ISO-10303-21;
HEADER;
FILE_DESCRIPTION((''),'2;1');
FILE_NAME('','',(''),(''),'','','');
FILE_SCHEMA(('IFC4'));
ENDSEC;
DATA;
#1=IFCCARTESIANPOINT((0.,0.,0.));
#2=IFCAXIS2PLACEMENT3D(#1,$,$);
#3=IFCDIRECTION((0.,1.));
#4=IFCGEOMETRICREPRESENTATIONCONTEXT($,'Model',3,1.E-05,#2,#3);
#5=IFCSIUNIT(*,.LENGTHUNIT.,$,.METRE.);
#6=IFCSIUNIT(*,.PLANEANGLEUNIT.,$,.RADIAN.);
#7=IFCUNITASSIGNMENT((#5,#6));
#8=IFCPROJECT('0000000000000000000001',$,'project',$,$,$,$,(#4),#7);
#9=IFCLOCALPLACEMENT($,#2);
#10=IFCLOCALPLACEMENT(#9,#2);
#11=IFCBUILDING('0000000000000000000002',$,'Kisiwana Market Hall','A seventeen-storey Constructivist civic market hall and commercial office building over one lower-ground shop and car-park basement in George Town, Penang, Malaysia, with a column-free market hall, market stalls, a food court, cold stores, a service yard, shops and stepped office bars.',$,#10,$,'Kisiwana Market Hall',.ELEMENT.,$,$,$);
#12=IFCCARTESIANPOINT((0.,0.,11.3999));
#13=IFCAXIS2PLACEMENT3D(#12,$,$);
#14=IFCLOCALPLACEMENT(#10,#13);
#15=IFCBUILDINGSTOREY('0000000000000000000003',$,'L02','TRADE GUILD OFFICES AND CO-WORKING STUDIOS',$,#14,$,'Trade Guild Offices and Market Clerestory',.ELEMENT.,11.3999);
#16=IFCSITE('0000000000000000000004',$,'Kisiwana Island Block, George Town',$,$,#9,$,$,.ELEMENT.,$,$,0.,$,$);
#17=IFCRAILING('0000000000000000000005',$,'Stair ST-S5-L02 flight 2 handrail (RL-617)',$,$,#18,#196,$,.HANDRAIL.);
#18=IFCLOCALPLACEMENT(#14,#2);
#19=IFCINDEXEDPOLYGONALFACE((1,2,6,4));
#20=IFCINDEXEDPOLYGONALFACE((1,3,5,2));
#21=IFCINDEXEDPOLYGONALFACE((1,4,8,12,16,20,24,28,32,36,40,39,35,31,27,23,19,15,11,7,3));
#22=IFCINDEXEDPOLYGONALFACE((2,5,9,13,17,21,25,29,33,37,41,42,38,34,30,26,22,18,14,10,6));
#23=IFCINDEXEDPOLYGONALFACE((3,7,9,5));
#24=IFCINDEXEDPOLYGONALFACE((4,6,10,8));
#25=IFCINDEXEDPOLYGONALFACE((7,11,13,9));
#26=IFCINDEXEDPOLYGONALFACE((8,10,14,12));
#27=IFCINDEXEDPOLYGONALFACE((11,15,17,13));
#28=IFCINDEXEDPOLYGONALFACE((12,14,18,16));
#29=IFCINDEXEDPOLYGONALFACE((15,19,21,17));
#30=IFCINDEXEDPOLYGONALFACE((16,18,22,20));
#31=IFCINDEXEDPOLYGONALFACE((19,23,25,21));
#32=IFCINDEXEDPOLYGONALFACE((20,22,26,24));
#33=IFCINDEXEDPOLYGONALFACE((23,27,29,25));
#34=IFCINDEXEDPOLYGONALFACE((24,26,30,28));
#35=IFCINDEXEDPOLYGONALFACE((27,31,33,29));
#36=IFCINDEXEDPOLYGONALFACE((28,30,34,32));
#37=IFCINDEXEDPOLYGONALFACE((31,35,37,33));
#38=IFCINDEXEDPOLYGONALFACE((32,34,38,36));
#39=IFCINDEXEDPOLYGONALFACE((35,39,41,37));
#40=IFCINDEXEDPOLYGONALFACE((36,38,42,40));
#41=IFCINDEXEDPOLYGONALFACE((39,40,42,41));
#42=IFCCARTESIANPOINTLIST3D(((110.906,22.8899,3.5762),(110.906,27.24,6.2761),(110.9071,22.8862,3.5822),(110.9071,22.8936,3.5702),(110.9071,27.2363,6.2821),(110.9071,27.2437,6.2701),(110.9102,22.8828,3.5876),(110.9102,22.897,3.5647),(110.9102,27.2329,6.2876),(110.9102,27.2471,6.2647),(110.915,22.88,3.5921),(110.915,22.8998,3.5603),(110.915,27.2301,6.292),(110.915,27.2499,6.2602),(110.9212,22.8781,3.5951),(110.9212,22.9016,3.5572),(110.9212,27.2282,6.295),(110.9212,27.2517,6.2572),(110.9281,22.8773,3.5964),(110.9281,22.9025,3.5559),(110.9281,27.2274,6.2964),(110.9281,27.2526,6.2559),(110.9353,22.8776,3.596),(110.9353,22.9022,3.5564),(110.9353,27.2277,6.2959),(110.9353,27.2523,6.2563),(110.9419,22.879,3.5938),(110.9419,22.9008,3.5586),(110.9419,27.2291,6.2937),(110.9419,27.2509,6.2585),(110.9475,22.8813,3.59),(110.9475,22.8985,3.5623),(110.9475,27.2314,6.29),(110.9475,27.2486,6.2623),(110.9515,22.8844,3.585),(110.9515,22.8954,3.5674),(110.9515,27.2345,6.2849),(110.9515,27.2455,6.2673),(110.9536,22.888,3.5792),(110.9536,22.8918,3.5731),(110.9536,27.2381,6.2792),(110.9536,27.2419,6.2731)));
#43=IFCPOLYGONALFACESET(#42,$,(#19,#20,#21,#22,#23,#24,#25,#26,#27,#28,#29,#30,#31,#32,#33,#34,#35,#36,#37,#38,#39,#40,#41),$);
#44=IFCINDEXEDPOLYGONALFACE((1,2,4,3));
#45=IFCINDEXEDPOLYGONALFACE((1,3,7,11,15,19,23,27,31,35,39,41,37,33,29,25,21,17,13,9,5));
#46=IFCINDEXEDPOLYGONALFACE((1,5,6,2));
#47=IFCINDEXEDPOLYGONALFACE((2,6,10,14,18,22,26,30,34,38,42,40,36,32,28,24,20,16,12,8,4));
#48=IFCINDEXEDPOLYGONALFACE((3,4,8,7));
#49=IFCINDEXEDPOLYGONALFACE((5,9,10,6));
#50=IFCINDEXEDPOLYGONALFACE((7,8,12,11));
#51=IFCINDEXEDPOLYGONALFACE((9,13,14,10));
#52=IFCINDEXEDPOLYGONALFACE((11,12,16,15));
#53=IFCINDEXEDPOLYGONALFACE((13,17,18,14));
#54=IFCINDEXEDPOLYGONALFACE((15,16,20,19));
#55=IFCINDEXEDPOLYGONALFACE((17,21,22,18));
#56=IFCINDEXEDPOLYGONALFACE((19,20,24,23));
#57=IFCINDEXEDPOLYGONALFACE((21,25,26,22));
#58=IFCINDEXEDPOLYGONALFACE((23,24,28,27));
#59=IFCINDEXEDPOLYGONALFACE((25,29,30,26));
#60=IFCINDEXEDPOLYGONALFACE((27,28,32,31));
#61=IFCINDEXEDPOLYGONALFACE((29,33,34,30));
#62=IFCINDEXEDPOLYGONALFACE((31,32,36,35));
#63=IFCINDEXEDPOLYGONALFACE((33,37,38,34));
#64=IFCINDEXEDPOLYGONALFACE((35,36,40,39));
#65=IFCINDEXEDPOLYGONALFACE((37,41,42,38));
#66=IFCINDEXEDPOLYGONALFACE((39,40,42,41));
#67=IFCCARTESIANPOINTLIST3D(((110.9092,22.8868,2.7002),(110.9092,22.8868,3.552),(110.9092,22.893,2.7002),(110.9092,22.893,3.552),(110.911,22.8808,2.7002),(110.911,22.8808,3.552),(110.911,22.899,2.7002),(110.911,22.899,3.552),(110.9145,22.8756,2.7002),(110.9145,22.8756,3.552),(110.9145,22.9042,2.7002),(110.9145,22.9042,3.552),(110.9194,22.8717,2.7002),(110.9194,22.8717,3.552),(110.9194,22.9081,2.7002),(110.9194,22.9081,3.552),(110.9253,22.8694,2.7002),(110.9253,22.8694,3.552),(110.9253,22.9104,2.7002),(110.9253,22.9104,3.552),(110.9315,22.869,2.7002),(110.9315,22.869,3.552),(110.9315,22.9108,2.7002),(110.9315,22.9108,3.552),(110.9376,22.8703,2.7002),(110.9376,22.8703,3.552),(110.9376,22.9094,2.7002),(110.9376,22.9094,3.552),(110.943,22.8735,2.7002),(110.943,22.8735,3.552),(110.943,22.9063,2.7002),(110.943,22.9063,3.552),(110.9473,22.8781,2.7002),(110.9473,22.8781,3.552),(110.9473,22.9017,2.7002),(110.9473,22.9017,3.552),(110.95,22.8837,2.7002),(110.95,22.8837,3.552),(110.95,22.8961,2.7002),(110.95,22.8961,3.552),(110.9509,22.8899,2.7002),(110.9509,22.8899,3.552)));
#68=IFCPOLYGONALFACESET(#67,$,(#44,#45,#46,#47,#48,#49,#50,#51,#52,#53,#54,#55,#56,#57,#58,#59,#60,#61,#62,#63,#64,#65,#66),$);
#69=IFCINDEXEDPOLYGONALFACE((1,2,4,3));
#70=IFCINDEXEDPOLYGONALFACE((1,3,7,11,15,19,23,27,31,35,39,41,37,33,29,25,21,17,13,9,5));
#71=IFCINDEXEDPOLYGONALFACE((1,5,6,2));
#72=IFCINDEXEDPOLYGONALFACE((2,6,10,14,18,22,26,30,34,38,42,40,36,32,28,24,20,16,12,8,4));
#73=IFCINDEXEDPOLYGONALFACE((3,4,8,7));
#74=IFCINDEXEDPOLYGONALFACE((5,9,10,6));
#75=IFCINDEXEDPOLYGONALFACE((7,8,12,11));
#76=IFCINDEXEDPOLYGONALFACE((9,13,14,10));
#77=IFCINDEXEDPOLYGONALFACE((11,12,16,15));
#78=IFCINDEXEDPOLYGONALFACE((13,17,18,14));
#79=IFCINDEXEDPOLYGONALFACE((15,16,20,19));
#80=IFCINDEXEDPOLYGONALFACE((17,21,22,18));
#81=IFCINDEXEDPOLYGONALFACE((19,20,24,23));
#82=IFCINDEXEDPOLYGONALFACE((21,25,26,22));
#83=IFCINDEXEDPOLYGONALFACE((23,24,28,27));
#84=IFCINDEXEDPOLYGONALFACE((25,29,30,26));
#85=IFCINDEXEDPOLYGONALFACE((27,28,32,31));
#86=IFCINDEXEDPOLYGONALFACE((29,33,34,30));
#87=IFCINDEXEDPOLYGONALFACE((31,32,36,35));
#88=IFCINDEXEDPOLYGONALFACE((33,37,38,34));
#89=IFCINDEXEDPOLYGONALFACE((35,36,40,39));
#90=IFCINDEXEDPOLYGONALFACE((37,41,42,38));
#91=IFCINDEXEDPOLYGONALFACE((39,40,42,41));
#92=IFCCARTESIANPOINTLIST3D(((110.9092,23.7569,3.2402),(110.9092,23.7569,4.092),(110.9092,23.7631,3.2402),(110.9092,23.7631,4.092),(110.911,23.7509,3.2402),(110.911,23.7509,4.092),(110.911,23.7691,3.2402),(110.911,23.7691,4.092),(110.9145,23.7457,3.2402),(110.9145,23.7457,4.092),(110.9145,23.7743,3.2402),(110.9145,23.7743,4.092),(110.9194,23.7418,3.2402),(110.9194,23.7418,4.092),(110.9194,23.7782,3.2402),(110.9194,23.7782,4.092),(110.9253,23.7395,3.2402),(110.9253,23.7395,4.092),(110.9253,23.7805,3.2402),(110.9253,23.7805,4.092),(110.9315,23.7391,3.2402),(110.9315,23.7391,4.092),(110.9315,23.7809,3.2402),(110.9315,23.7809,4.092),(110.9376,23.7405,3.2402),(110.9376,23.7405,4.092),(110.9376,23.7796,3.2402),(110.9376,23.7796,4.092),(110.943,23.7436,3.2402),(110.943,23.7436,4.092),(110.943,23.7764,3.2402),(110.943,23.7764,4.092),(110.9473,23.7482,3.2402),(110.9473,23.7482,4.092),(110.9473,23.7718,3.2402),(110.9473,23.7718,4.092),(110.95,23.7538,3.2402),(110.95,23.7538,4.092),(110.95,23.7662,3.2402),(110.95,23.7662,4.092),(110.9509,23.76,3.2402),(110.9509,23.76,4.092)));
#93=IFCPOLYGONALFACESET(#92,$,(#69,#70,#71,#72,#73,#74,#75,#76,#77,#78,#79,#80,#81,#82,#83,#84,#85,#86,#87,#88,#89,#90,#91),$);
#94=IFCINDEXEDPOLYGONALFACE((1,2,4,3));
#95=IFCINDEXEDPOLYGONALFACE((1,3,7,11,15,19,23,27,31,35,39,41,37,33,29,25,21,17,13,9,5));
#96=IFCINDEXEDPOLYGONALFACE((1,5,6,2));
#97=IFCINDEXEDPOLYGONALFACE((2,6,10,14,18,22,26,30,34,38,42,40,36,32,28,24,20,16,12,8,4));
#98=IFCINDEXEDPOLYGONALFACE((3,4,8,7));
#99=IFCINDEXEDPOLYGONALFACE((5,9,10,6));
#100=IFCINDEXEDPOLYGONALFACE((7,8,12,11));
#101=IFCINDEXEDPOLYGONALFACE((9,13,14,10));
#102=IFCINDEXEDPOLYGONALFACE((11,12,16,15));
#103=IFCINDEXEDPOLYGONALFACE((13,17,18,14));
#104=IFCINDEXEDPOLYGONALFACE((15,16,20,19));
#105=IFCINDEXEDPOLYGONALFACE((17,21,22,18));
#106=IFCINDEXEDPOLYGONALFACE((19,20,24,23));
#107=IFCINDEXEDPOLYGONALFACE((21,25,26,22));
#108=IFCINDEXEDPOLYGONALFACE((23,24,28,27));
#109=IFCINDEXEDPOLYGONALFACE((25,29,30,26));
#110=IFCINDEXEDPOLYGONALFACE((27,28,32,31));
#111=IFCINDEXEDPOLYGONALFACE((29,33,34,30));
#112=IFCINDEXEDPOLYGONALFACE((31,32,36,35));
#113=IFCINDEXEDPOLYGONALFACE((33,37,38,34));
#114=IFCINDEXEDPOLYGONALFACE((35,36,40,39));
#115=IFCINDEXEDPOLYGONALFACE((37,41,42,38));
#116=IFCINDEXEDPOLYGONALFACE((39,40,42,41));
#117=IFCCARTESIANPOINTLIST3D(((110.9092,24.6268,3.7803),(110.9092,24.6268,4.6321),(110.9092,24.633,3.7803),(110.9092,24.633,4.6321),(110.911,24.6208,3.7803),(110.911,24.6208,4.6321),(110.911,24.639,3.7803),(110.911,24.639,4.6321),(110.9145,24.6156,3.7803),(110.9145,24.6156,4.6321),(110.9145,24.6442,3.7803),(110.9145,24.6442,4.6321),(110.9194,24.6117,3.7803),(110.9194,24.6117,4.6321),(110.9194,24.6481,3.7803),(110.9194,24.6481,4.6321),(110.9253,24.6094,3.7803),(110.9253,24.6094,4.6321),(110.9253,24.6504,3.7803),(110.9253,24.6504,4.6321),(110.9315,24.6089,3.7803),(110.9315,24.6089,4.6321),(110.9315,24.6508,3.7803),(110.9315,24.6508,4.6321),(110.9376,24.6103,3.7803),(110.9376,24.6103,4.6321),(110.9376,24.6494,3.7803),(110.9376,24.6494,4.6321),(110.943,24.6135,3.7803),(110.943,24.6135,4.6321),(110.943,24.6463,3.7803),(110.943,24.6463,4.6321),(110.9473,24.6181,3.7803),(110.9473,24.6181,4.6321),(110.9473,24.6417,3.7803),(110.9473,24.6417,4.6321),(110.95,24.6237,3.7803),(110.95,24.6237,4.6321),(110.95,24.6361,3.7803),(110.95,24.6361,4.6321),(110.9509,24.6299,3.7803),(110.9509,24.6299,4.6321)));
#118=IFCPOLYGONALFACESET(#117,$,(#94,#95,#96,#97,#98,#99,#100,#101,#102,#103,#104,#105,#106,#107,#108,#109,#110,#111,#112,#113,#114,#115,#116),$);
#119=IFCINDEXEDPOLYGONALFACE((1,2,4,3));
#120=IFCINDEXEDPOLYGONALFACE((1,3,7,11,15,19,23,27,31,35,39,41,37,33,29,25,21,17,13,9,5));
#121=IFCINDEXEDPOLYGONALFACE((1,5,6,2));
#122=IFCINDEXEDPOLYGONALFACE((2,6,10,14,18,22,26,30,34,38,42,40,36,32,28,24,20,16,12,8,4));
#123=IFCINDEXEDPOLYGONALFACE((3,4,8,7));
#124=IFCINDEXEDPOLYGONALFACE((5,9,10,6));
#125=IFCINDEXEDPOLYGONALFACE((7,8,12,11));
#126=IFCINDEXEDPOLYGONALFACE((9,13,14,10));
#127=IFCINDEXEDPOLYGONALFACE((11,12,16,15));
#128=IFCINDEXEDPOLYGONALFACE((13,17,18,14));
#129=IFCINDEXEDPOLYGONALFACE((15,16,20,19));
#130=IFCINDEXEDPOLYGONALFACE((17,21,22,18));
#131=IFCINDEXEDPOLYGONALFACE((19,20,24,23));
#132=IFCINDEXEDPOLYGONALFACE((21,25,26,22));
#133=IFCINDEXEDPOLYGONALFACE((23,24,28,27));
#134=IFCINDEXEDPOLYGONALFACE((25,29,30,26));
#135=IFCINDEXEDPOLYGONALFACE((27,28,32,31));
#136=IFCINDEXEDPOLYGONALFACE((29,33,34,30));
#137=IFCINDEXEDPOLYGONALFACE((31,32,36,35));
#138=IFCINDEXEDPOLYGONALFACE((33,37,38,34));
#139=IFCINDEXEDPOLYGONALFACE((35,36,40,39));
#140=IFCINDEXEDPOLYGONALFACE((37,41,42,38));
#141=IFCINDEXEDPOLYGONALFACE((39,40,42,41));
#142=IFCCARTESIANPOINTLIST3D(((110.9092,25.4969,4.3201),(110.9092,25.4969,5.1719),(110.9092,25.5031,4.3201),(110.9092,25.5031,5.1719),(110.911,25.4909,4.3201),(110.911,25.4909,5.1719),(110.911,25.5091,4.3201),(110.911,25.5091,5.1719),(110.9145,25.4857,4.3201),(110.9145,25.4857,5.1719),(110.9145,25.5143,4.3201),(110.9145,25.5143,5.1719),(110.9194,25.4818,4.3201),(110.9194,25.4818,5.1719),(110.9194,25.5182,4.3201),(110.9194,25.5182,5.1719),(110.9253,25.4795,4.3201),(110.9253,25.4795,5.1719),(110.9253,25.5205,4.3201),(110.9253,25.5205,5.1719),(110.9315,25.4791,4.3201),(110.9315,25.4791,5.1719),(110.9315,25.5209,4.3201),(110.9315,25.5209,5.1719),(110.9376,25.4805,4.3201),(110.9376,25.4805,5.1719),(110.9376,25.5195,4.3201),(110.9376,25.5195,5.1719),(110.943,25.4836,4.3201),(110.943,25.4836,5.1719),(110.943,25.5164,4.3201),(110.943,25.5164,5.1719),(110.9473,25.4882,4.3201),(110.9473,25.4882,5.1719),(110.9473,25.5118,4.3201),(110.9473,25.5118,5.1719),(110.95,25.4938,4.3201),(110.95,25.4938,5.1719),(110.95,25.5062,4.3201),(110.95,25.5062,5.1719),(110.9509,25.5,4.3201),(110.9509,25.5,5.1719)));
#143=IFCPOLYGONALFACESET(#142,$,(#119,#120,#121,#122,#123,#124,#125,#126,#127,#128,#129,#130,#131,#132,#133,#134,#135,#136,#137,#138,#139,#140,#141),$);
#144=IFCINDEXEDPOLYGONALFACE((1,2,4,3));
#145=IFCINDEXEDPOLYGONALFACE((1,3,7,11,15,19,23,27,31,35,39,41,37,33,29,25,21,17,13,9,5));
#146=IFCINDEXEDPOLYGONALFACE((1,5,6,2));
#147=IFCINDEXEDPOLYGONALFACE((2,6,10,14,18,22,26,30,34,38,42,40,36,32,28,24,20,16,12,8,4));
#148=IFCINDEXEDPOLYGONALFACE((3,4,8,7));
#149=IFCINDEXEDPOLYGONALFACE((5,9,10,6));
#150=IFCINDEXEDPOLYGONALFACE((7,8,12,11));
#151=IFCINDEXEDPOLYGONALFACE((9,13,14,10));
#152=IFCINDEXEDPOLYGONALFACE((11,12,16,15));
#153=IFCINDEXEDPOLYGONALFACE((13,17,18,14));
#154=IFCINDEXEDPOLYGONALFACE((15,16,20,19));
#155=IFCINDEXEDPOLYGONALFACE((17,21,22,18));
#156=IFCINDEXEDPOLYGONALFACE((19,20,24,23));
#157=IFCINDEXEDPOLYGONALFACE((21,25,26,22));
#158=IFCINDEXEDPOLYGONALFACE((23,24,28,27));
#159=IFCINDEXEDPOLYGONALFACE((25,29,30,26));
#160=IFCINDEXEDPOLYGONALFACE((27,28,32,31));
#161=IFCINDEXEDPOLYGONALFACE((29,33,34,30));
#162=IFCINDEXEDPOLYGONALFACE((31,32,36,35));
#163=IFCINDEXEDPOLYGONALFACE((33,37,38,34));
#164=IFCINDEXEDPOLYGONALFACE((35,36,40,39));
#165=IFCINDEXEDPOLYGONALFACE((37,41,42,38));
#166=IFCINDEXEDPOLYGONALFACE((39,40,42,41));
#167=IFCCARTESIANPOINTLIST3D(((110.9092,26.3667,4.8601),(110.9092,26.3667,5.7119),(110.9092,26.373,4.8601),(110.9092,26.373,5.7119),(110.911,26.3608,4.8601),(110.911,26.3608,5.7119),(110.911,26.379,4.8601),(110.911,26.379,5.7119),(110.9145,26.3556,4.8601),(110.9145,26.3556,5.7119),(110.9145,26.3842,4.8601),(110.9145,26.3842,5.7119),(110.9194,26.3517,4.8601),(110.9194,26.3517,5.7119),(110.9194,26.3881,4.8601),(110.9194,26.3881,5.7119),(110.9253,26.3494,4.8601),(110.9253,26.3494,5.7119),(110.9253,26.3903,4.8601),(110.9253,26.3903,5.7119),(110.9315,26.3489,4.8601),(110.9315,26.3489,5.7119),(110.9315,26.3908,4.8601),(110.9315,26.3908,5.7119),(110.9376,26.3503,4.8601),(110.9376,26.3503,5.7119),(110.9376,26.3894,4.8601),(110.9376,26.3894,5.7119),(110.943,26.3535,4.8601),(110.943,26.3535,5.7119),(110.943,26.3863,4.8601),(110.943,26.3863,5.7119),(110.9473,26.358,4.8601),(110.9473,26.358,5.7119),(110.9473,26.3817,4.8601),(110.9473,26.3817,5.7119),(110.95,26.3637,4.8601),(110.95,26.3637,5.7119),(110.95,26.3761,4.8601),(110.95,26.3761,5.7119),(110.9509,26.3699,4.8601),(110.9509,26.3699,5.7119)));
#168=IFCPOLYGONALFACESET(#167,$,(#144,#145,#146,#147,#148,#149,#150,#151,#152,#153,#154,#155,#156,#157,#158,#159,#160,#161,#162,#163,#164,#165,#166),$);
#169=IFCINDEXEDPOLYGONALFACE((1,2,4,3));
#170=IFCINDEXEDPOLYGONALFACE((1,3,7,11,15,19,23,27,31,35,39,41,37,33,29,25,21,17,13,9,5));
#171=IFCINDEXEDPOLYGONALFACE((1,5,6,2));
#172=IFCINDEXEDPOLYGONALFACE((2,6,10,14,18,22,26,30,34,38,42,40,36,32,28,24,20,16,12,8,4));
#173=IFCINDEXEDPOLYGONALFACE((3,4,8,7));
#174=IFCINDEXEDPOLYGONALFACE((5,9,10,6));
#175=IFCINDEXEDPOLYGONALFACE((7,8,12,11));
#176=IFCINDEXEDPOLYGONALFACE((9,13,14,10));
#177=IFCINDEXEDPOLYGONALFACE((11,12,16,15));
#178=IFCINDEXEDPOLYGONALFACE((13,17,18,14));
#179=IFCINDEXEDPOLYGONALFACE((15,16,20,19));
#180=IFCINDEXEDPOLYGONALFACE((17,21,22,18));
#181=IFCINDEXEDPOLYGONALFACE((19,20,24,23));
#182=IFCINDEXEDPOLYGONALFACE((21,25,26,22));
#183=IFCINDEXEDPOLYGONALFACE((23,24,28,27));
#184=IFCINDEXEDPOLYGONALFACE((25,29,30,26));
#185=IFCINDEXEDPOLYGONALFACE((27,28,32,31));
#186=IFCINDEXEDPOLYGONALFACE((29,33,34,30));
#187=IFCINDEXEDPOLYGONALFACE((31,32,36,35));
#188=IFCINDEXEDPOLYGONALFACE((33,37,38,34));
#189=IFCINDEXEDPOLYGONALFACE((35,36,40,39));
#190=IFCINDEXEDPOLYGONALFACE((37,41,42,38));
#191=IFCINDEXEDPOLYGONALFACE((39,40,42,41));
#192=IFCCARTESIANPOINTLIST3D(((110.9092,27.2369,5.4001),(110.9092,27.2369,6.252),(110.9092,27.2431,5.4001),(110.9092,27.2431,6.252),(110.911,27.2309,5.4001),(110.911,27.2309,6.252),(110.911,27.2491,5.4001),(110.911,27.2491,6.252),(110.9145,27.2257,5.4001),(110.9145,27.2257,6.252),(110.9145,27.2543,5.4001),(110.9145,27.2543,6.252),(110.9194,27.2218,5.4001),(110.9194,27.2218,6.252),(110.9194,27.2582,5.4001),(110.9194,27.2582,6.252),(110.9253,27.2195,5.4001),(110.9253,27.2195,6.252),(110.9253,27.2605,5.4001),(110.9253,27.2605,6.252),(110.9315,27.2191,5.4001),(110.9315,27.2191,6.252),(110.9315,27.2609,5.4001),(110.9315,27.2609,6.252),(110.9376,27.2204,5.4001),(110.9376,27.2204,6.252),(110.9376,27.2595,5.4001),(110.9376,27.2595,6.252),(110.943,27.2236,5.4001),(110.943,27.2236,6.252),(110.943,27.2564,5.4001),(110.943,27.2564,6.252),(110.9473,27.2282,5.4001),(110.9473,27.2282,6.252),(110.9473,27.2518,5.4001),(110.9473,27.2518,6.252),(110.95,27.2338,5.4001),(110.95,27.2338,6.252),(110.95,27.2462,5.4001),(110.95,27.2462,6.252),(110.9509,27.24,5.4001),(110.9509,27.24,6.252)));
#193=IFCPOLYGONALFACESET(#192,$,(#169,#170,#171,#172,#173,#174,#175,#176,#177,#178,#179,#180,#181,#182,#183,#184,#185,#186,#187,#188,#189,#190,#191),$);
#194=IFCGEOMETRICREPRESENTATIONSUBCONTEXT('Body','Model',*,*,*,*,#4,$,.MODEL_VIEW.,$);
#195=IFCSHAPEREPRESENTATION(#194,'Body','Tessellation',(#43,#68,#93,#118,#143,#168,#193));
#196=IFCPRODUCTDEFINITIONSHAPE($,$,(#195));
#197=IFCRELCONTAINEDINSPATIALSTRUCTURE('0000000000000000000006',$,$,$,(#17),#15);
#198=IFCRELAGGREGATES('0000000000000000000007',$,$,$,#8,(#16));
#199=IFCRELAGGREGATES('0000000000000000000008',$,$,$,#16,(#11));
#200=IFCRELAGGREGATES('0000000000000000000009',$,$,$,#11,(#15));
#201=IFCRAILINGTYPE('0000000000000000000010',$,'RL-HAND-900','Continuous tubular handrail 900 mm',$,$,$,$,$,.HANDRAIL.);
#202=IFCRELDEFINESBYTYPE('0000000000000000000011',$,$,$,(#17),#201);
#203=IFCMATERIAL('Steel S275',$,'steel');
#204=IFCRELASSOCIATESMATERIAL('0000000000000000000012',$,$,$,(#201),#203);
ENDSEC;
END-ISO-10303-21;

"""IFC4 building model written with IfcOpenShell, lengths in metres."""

from ifc_helpers import new_model, si_unit, direction, frame, origin, origin_2d, place, context, subcontext, project, spatial, circle, extrude, material, type_object, element, save


model = new_model("IFC4")

# Units and contexts
model_context = context("Model", 3, precision=1e-05, world=origin(), true_north=direction((0.0, 1.0)))
body_context = subcontext(model_context, "Body", "Model", "MODEL_VIEW")
ifc_project = project(units=[si_unit("LENGTHUNIT", "METRE"), si_unit("PLANEANGLEUNIT", "RADIAN")], contexts=[model_context])

# Site, building, storey
site_placement = place(None, origin())
site = spatial("IfcSite", under=ifc_project, at=site_placement, Name="Kisiwana Island Block, George Town", CompositionType="ELEMENT", RefElevation=0.0)
building_placement = place(site_placement, origin())
building = spatial("IfcBuilding", under=site, at=building_placement, Name="Kisiwana Market Hall", Description="A seventeen-storey Constructivist civic market hall and commercial office building over one lower-ground shop and car-park basement in George Town, Penang, Malaysia, with a column-free market hall, market stalls, a food court, cold stores, a service yard, shops and stepped office bars.", LongName="Kisiwana Market Hall", CompositionType="ELEMENT")
storey_placement = place(building_placement, frame((0.0, 0.0, 11.3999)))
storey = spatial("IfcBuildingStorey", under=building, at=storey_placement, Name="L02", Description="TRADE GUILD OFFICES AND CO-WORKING STUDIOS", LongName="Trade Guild Offices and Market Clerestory", CompositionType="ELEMENT", Elevation=11.3999)

# Railing
ifc_material_1 = material(Name="Steel S275", Category="steel")
railing_type_1 = type_object("IfcRailingType", Name="RL-HAND-900", Description="Continuous tubular handrail 900 mm", PredefinedType="HANDRAIL", material=ifc_material_1)
for number, where, name in (
    (1, (110.9299, 22.8899, 2.7002), "Stair ST-S5-L02 flight 2 handrail (RL-617)"),
):
    element("IfcRailing", number, at=place(storey_placement, frame(where)), inside=storey, type_object=railing_type_1, Name=name, PredefinedType="HANDRAIL", context=body_context, shape_type="SweptSolid", body=[
        extrude(circle(Radius=0.0239, at=origin_2d()), frame((0.0, 0.0, 0.876), z_axis=(0.0, 0.84965, 0.527347), x_axis=(-1.0, 0.0, 0.0)), (0.0, 0.0, 1.0), 5.1199),
        extrude(circle(Radius=0.021, at=origin_2d()), origin(), (0.0, 0.0, 1.0), 0.8518),
        extrude(circle(Radius=0.021, at=origin_2d()), frame((0.0, 0.8701, 0.54)), (0.0, 0.0, 1.0), 0.8518),
        extrude(circle(Radius=0.021, at=origin_2d()), frame((0.0, 1.74, 1.0801)), (0.0, 0.0, 1.0), 0.8518),
        extrude(circle(Radius=0.021, at=origin_2d()), frame((0.0, 2.6101, 1.6199)), (0.0, 0.0, 1.0), 0.8518),
        extrude(circle(Radius=0.021, at=origin_2d()), frame((0.0, 3.48, 2.1599)), (0.0, 0.0, 1.0), 0.8518),
        extrude(circle(Radius=0.021, at=origin_2d()), frame((0.0, 4.3501, 2.7)), (0.0, 0.0, 1.0), 0.8518),
    ])

save(model, "model.ifc")
